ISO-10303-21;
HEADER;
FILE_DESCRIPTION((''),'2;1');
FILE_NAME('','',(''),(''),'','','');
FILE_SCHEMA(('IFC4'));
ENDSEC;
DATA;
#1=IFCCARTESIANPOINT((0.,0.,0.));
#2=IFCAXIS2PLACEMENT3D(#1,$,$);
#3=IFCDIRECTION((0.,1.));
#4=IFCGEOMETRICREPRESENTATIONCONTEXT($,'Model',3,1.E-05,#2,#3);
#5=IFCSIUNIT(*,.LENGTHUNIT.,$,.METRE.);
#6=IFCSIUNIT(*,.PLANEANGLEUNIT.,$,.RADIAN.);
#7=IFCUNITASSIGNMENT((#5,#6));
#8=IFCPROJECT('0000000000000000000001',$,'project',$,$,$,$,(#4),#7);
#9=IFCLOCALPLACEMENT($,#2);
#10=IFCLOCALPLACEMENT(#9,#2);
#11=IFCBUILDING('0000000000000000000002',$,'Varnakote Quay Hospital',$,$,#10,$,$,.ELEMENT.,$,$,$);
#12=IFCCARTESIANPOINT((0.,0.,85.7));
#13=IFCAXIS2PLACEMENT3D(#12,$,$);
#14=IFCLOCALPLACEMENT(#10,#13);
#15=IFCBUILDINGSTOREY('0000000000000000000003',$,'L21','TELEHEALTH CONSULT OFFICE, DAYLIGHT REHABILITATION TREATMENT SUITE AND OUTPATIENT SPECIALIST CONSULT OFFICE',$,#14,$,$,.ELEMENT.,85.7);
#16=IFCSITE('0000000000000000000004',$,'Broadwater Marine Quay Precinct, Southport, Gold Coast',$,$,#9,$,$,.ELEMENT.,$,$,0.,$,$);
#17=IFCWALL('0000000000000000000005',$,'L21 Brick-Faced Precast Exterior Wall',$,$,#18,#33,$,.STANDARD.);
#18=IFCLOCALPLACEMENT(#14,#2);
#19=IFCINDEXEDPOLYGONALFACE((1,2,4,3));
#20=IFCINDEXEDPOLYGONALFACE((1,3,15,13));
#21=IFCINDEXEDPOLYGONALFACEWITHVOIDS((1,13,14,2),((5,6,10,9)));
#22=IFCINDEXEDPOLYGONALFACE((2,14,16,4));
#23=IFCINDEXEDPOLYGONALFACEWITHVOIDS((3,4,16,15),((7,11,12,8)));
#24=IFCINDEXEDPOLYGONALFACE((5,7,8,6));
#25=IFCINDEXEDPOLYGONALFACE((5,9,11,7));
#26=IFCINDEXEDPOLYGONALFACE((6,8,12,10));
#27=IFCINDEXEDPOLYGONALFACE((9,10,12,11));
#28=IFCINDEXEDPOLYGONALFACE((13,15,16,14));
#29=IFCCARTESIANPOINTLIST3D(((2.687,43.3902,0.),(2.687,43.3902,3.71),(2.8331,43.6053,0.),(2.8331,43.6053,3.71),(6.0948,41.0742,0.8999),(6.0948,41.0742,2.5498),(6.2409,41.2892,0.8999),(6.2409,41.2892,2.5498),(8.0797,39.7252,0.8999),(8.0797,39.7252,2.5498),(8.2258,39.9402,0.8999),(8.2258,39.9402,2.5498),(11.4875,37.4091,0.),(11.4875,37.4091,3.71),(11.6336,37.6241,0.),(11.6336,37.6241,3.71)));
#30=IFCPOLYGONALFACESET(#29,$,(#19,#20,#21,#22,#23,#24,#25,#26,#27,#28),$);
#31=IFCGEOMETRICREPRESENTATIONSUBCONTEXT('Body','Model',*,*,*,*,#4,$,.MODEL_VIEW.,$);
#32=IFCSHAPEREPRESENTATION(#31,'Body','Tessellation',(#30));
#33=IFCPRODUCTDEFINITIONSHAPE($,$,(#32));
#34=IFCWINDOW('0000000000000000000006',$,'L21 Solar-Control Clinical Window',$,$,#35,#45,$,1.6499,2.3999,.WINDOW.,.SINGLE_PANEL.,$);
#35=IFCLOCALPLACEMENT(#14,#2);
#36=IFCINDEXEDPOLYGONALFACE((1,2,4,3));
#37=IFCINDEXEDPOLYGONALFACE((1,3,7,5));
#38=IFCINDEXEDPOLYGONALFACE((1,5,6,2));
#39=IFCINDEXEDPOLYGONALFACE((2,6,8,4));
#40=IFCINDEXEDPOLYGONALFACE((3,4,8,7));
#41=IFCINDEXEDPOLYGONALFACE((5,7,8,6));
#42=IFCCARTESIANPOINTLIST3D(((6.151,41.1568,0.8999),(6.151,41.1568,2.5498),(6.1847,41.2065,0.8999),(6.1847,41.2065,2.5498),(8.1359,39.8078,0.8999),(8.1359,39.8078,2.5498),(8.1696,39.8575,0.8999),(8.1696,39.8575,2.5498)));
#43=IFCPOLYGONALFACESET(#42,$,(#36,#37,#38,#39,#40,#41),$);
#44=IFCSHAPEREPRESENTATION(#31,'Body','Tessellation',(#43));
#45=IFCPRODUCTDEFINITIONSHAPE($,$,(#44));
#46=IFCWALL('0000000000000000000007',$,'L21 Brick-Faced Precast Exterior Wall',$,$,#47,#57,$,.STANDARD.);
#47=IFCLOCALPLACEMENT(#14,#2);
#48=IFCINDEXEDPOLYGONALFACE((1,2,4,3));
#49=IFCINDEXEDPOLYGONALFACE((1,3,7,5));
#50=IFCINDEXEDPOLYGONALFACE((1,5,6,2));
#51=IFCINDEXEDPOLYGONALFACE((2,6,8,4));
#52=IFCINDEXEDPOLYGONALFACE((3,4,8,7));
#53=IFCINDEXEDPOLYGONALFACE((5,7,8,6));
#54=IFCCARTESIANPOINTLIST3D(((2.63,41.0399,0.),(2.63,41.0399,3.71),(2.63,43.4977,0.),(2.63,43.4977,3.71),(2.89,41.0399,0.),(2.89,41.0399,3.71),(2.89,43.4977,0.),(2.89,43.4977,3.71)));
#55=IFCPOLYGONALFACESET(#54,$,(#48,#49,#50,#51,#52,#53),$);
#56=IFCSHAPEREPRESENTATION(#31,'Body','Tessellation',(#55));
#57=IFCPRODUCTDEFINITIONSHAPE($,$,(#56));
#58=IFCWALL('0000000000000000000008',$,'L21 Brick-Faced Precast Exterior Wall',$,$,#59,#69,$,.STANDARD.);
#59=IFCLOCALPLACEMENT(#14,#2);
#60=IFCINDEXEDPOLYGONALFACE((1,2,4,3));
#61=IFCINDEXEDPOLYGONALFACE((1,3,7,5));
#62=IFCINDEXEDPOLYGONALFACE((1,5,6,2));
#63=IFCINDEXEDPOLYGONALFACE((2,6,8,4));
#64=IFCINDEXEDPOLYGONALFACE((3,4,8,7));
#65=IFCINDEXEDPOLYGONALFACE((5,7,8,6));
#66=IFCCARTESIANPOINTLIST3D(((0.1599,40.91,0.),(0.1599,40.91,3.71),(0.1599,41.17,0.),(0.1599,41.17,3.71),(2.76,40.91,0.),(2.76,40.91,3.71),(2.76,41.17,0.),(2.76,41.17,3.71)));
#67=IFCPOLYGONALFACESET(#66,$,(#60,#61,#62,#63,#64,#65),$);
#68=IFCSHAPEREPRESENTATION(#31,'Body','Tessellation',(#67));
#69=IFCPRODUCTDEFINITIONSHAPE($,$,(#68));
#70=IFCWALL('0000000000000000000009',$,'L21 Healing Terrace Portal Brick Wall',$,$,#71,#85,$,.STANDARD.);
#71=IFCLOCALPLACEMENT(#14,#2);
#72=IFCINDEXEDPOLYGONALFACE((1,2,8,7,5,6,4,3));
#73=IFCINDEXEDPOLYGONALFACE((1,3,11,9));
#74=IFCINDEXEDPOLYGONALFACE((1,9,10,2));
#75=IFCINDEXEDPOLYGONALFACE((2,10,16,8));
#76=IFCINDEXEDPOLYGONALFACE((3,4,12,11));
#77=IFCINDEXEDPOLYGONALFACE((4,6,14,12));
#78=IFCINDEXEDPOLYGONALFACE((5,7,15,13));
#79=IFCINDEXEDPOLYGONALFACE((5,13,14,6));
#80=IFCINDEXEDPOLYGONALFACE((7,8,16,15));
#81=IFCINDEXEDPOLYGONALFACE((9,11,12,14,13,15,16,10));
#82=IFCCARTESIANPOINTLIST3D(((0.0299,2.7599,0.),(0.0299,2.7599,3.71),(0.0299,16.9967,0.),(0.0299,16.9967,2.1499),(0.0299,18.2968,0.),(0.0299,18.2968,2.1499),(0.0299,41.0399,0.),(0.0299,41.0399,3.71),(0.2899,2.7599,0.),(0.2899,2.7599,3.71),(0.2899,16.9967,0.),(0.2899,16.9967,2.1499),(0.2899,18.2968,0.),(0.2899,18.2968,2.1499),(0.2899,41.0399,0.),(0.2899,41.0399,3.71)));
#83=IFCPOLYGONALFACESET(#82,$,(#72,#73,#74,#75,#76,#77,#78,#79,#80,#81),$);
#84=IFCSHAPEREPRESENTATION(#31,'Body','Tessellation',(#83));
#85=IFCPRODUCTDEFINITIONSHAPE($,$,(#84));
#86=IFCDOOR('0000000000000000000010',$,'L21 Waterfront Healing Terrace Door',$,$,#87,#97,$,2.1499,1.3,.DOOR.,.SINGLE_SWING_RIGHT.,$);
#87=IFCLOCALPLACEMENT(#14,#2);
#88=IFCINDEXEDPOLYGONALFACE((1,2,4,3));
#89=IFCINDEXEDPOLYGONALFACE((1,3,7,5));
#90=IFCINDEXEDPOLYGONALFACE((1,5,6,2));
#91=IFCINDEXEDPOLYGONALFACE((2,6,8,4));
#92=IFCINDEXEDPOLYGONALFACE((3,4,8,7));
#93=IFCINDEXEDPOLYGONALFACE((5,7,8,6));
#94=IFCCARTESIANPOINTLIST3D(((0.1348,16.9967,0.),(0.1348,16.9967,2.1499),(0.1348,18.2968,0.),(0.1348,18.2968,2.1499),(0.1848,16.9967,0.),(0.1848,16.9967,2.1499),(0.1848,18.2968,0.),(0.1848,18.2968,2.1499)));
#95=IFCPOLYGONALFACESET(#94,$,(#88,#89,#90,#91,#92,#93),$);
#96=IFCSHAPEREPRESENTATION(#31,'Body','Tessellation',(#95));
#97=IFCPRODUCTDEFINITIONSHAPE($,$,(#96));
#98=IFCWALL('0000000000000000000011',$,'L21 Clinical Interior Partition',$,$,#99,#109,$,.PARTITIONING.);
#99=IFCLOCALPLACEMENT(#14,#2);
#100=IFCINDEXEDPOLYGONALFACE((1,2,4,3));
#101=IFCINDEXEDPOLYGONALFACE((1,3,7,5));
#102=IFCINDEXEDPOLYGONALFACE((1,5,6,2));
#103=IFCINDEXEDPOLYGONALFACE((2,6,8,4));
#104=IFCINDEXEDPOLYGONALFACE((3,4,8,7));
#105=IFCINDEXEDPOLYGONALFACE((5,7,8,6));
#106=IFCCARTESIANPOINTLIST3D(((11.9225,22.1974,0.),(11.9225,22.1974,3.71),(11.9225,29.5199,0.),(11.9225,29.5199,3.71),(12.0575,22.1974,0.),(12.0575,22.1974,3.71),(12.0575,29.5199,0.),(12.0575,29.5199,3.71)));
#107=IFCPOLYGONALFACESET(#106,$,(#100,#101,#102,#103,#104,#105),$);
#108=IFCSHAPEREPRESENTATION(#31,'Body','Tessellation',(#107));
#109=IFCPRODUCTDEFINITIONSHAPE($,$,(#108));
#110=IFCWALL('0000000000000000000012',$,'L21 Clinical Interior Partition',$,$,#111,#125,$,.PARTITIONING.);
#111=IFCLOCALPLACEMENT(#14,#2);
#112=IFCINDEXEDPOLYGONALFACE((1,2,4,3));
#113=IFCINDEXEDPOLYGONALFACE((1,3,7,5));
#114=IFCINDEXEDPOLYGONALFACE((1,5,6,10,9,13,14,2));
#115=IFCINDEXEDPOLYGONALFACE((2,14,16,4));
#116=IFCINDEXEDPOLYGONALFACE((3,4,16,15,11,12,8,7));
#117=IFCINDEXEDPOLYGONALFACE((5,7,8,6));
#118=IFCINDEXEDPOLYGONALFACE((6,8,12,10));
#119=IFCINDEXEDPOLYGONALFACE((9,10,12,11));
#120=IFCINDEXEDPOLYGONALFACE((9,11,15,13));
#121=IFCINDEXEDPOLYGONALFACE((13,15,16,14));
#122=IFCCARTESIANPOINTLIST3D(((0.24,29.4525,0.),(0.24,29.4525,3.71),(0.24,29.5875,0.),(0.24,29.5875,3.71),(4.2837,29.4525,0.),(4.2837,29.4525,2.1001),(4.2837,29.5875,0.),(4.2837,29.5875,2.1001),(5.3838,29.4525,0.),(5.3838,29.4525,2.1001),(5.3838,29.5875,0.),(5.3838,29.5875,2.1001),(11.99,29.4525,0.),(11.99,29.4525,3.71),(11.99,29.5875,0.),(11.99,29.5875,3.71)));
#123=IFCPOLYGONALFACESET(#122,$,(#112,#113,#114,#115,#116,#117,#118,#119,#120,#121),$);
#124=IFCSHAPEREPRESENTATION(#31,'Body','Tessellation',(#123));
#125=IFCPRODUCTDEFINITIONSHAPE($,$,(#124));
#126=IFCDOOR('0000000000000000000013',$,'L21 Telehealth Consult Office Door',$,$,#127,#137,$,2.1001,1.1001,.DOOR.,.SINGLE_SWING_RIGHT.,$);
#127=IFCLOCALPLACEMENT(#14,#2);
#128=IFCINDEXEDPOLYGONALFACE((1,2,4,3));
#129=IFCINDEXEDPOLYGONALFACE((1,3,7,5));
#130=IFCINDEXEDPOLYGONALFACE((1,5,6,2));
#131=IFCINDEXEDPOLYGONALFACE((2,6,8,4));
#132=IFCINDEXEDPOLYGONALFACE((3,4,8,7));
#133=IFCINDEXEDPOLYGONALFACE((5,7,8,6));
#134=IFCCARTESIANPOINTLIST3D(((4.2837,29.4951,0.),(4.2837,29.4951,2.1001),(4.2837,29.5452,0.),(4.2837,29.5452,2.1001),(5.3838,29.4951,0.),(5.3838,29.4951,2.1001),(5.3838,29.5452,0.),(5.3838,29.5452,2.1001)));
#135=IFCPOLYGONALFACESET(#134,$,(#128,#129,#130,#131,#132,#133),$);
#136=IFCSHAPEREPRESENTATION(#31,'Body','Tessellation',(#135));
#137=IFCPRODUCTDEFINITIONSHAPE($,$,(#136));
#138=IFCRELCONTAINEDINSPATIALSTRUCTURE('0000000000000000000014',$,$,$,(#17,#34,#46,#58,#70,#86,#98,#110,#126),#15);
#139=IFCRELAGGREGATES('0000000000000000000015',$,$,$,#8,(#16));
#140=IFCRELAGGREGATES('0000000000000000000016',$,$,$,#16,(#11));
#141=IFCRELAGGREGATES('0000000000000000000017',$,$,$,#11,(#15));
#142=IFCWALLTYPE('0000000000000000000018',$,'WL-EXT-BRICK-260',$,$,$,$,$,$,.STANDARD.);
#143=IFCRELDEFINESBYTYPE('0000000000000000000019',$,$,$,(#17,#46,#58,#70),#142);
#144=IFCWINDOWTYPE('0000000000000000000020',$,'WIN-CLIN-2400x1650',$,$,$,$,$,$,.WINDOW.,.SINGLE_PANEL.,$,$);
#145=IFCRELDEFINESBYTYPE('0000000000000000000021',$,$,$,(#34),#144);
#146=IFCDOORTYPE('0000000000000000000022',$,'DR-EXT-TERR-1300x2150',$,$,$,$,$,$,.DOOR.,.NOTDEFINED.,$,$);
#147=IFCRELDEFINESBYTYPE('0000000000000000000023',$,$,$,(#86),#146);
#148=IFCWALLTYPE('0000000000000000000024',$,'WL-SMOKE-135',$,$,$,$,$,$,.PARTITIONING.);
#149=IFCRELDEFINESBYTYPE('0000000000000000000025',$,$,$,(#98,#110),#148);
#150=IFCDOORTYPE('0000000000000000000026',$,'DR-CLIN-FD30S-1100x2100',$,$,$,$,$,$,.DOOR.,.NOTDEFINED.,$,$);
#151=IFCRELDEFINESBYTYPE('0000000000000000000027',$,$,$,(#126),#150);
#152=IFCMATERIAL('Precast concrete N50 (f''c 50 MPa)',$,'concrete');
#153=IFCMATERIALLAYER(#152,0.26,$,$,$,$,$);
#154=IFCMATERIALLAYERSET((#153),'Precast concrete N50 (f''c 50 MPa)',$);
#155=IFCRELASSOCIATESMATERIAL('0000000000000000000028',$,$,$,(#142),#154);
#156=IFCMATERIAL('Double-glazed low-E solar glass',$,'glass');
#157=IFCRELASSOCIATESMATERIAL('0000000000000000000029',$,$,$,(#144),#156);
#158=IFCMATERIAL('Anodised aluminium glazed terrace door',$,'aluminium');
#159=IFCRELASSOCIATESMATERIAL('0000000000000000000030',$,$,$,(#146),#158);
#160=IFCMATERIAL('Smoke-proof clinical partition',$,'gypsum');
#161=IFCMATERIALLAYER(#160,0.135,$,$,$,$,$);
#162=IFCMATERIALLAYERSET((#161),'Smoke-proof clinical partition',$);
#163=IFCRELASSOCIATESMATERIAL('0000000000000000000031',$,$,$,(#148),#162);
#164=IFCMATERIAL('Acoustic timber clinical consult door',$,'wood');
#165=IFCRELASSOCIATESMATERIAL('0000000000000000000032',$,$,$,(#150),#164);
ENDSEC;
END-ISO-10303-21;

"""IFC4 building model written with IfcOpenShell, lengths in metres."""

from ifc_helpers import new_model, si_unit, direction, frame, frame_2d, origin, place, context, subcontext, project, spatial, rectangle, extrude, material, layer, layer_set, type_object, element, fill, save


model = new_model("IFC4")

# Units and contexts
model_context = context("Model", 3, precision=1e-05, world=origin(), true_north=direction((0.0, 1.0)))
body_context = subcontext(model_context, "Body", "Model", "MODEL_VIEW")
ifc_project = project(units=[si_unit("LENGTHUNIT", "METRE"), si_unit("PLANEANGLEUNIT", "RADIAN")], contexts=[model_context])

# Site, building, storey
site_placement = place(None, origin())
site = spatial("IfcSite", under=ifc_project, at=site_placement, Name="Broadwater Marine Quay Precinct, Southport, Gold Coast", CompositionType="ELEMENT", RefElevation=0.0)
building_placement = place(site_placement, origin())
building = spatial("IfcBuilding", under=site, at=building_placement, Name="Varnakote Quay Hospital", CompositionType="ELEMENT")
storey_placement = place(building_placement, frame((0.0, 0.0, 85.7)))
storey = spatial("IfcBuildingStorey", under=building, at=storey_placement, Name="L21", Description="TELEHEALTH CONSULT OFFICE, DAYLIGHT REHABILITATION TREATMENT SUITE AND OUTPATIENT SPECIALIST CONSULT OFFICE", CompositionType="ELEMENT", Elevation=85.7)

# Wall, opening, window
ifc_material_1 = material(Name="Precast concrete N50 (f'c 50 MPa)", Category="concrete")
ifc_layer_1 = layer(ifc_material_1, 0.26)
ifc_layer_set_1 = layer_set([ifc_layer_1], Name="Precast concrete N50 (f'c 50 MPa)")
wall_type_1 = type_object("IfcWallType", Name="WL-EXT-BRICK-260", PredefinedType="STANDARD", material=ifc_layer_set_1)
wall_1_placement = place(storey_placement, frame((11.5605, 37.5166, 0.0), z_axis=(0.0, 0.0, 1.0), x_axis=(-0.827065, 0.562107, 0.0)))
wall_1 = element("IfcWall", 1, at=wall_1_placement, inside=storey, type_object=wall_type_1, Name="L21 Brick-Faced Precast Exterior Wall", PredefinedType="STANDARD", context=body_context, shape_type="SweptSolid", body=[
    extrude(rectangle(XDim=10.6406, YDim=0.26, at=frame_2d((5.3203, 0.0))), origin(), (0.0, 0.0, 1.0), 3.71),
])
opening_1_placement = place(wall_1_placement, frame((4.1204, 0.0, 0.8999)))
opening_1 = element("IfcOpeningElement", 2, at=opening_1_placement, cuts=wall_1, PredefinedType="OPENING", context=body_context, shape_type="SweptSolid", body=[
    extrude(rectangle(XDim=2.3999, YDim=1.6499, at=frame_2d((1.2, 0.825))), frame((0.0, 0.1399, 0.0), z_axis=(0.0, -1.0, 0.0), x_axis=(1.0, 0.0, 0.0)), (0.0, 0.0, 1.0), 0.28),
])
ifc_material_2 = material(Name="Double-glazed low-E solar glass", Category="glass")
window_type = type_object("IfcWindowType", Name="WIN-CLIN-2400x1650", PartitioningType="SINGLE_PANEL", PredefinedType="WINDOW", material=ifc_material_2)
window_placement = place(opening_1_placement, origin())
window = element("IfcWindow", 3, at=window_placement, inside=storey, type_object=window_type, Name="L21 Solar-Control Clinical Window", OverallHeight=1.6499, OverallWidth=2.3999, PartitioningType="SINGLE_PANEL", PredefinedType="WINDOW", context=body_context, shape_type="SweptSolid", body=[
    extrude(rectangle(XDim=2.3999, YDim=1.6499, at=frame_2d((1.2, 0.825))), frame((0.0, 0.03, 0.0), z_axis=(0.0, -1.0, 0.0), x_axis=(1.0, 0.0, 0.0)), (0.0, 0.0, 1.0), 0.0601),
])
fill(opening_1, window)

# Walls
wall_2_placement = place(storey_placement, frame((2.76, 43.4978, 0.0), z_axis=(0.0, 0.0, 1.0), x_axis=(0.0, -1.0, 0.0)))
element("IfcWall", 4, at=wall_2_placement, inside=storey, type_object=wall_type_1, Name="L21 Brick-Faced Precast Exterior Wall", PredefinedType="STANDARD", context=body_context, shape_type="SweptSolid", body=[
    extrude(rectangle(XDim=2.4578, YDim=0.26, at=frame_2d((1.229, 0.0))), origin(), (0.0, 0.0, 1.0), 3.71),
])
wall_3_placement = place(storey_placement, frame((2.76, 41.04, 0.0), z_axis=(0.0, 0.0, 1.0), x_axis=(-1.0, 0.0, 0.0)))
element("IfcWall", 5, at=wall_3_placement, inside=storey, type_object=wall_type_1, Name="L21 Brick-Faced Precast Exterior Wall", PredefinedType="STANDARD", context=body_context, shape_type="SweptSolid", body=[
    extrude(rectangle(XDim=2.6001, YDim=0.26, at=frame_2d((1.3, 0.0))), origin(), (0.0, 0.0, 1.0), 3.71),
])

# Wall, opening, door
wall_4_placement = place(storey_placement, frame((0.1599, 41.04, 0.0), z_axis=(0.0, 0.0, 1.0), x_axis=(0.0, -1.0, 0.0)))
wall_4 = element("IfcWall", 6, at=wall_4_placement, inside=storey, type_object=wall_type_1, Name="L21 Healing Terrace Portal Brick Wall", PredefinedType="STANDARD", context=body_context, shape_type="SweptSolid", body=[
    extrude(rectangle(XDim=38.28, YDim=0.26, at=frame_2d((19.1401, 0.0))), origin(), (0.0, 0.0, 1.0), 3.71),
])
opening_2_placement = place(wall_4_placement, frame((22.7434, 0.0, 0.0)))
opening_2 = element("IfcOpeningElement", 7, at=opening_2_placement, cuts=wall_4, PredefinedType="OPENING", context=body_context, shape_type="SweptSolid", body=[
    extrude(rectangle(XDim=1.3, YDim=2.1499, at=frame_2d((0.6499, 1.075))), frame((0.0, 0.1399, 0.0), z_axis=(0.0, -1.0, 0.0), x_axis=(1.0, 0.0, 0.0)), (0.0, 0.0, 1.0), 0.28),
])
ifc_material_3 = material(Name="Anodised aluminium glazed terrace door", Category="aluminium")
door_type_1 = type_object("IfcDoorType", Name="DR-EXT-TERR-1300x2150", OperationType="NOTDEFINED", PredefinedType="DOOR", material=ifc_material_3)
door_1_placement = place(opening_2_placement, origin())
door_1 = element("IfcDoor", 8, at=door_1_placement, inside=storey, type_object=door_type_1, Name="L21 Waterfront Healing Terrace Door", OperationType="SINGLE_SWING_RIGHT", OverallHeight=2.1499, OverallWidth=1.3, PredefinedType="DOOR", context=body_context, shape_type="SweptSolid", body=[
    extrude(rectangle(XDim=1.3, YDim=2.1499, at=frame_2d((0.6499, 1.075))), frame((0.0, 0.0249, 0.0), z_axis=(0.0, -1.0, 0.0), x_axis=(1.0, 0.0, 0.0)), (0.0, 0.0, 1.0), 0.05),
])
fill(opening_2, door_1)

# Wall
ifc_material_4 = material(Name="Smoke-proof clinical partition", Category="gypsum")
ifc_layer_2 = layer(ifc_material_4, 0.135)
ifc_layer_set_2 = layer_set([ifc_layer_2], Name="Smoke-proof clinical partition")
wall_type_2 = type_object("IfcWallType", Name="WL-SMOKE-135", PredefinedType="PARTITIONING", material=ifc_layer_set_2)
wall_5_placement = place(storey_placement, frame((11.99, 22.1975, 0.0), z_axis=(0.0, 0.0, 1.0), x_axis=(0.0, 1.0, 0.0)))
element("IfcWall", 9, at=wall_5_placement, inside=storey, type_object=wall_type_2, Name="L21 Clinical Interior Partition", PredefinedType="PARTITIONING", context=body_context, shape_type="SweptSolid", body=[
    extrude(rectangle(XDim=7.3225, YDim=0.135, at=frame_2d((3.6611, 0.0))), origin(), (0.0, 0.0, 1.0), 3.71),
])

# Wall, opening, door
wall_6_placement = place(storey_placement, frame((11.99, 29.52, 0.0), z_axis=(0.0, 0.0, 1.0), x_axis=(-1.0, 0.0, 0.0)))
wall_6 = element("IfcWall", 10, at=wall_6_placement, inside=storey, type_object=wall_type_2, Name="L21 Clinical Interior Partition", PredefinedType="PARTITIONING", context=body_context, shape_type="SweptSolid", body=[
    extrude(rectangle(XDim=11.75, YDim=0.135, at=frame_2d((5.875, 0.0))), origin(), (0.0, 0.0, 1.0), 3.71),
])
opening_3_placement = place(wall_6_placement, frame((6.6062, 0.0, 0.0)))
opening_3 = element("IfcOpeningElement", 11, at=opening_3_placement, cuts=wall_6, PredefinedType="OPENING", context=body_context, shape_type="SweptSolid", body=[
    extrude(rectangle(XDim=1.1001, YDim=2.1001, at=frame_2d((0.55, 1.05))), frame((0.0, 0.0774, 0.0), z_axis=(0.0, -1.0, 0.0), x_axis=(1.0, 0.0, 0.0)), (0.0, 0.0, 1.0), 0.155),
])
ifc_material_5 = material(Name="Acoustic timber clinical consult door", Category="wood")
door_type_2 = type_object("IfcDoorType", Name="DR-CLIN-FD30S-1100x2100", OperationType="NOTDEFINED", PredefinedType="DOOR", material=ifc_material_5)
door_2_placement = place(opening_3_placement, origin())
door_2 = element("IfcDoor", 12, at=door_2_placement, inside=storey, type_object=door_type_2, Name="L21 Telehealth Consult Office Door", OperationType="SINGLE_SWING_RIGHT", OverallHeight=2.1001, OverallWidth=1.1001, PredefinedType="DOOR", context=body_context, shape_type="SweptSolid", body=[
    extrude(rectangle(XDim=1.1001, YDim=2.1001, at=frame_2d((0.55, 1.05))), frame((0.0, 0.0249, 0.0), z_axis=(0.0, -1.0, 0.0), x_axis=(1.0, 0.0, 0.0)), (0.0, 0.0, 1.0), 0.05),
])
fill(opening_3, door_2)

save(model, "model.ifc")
